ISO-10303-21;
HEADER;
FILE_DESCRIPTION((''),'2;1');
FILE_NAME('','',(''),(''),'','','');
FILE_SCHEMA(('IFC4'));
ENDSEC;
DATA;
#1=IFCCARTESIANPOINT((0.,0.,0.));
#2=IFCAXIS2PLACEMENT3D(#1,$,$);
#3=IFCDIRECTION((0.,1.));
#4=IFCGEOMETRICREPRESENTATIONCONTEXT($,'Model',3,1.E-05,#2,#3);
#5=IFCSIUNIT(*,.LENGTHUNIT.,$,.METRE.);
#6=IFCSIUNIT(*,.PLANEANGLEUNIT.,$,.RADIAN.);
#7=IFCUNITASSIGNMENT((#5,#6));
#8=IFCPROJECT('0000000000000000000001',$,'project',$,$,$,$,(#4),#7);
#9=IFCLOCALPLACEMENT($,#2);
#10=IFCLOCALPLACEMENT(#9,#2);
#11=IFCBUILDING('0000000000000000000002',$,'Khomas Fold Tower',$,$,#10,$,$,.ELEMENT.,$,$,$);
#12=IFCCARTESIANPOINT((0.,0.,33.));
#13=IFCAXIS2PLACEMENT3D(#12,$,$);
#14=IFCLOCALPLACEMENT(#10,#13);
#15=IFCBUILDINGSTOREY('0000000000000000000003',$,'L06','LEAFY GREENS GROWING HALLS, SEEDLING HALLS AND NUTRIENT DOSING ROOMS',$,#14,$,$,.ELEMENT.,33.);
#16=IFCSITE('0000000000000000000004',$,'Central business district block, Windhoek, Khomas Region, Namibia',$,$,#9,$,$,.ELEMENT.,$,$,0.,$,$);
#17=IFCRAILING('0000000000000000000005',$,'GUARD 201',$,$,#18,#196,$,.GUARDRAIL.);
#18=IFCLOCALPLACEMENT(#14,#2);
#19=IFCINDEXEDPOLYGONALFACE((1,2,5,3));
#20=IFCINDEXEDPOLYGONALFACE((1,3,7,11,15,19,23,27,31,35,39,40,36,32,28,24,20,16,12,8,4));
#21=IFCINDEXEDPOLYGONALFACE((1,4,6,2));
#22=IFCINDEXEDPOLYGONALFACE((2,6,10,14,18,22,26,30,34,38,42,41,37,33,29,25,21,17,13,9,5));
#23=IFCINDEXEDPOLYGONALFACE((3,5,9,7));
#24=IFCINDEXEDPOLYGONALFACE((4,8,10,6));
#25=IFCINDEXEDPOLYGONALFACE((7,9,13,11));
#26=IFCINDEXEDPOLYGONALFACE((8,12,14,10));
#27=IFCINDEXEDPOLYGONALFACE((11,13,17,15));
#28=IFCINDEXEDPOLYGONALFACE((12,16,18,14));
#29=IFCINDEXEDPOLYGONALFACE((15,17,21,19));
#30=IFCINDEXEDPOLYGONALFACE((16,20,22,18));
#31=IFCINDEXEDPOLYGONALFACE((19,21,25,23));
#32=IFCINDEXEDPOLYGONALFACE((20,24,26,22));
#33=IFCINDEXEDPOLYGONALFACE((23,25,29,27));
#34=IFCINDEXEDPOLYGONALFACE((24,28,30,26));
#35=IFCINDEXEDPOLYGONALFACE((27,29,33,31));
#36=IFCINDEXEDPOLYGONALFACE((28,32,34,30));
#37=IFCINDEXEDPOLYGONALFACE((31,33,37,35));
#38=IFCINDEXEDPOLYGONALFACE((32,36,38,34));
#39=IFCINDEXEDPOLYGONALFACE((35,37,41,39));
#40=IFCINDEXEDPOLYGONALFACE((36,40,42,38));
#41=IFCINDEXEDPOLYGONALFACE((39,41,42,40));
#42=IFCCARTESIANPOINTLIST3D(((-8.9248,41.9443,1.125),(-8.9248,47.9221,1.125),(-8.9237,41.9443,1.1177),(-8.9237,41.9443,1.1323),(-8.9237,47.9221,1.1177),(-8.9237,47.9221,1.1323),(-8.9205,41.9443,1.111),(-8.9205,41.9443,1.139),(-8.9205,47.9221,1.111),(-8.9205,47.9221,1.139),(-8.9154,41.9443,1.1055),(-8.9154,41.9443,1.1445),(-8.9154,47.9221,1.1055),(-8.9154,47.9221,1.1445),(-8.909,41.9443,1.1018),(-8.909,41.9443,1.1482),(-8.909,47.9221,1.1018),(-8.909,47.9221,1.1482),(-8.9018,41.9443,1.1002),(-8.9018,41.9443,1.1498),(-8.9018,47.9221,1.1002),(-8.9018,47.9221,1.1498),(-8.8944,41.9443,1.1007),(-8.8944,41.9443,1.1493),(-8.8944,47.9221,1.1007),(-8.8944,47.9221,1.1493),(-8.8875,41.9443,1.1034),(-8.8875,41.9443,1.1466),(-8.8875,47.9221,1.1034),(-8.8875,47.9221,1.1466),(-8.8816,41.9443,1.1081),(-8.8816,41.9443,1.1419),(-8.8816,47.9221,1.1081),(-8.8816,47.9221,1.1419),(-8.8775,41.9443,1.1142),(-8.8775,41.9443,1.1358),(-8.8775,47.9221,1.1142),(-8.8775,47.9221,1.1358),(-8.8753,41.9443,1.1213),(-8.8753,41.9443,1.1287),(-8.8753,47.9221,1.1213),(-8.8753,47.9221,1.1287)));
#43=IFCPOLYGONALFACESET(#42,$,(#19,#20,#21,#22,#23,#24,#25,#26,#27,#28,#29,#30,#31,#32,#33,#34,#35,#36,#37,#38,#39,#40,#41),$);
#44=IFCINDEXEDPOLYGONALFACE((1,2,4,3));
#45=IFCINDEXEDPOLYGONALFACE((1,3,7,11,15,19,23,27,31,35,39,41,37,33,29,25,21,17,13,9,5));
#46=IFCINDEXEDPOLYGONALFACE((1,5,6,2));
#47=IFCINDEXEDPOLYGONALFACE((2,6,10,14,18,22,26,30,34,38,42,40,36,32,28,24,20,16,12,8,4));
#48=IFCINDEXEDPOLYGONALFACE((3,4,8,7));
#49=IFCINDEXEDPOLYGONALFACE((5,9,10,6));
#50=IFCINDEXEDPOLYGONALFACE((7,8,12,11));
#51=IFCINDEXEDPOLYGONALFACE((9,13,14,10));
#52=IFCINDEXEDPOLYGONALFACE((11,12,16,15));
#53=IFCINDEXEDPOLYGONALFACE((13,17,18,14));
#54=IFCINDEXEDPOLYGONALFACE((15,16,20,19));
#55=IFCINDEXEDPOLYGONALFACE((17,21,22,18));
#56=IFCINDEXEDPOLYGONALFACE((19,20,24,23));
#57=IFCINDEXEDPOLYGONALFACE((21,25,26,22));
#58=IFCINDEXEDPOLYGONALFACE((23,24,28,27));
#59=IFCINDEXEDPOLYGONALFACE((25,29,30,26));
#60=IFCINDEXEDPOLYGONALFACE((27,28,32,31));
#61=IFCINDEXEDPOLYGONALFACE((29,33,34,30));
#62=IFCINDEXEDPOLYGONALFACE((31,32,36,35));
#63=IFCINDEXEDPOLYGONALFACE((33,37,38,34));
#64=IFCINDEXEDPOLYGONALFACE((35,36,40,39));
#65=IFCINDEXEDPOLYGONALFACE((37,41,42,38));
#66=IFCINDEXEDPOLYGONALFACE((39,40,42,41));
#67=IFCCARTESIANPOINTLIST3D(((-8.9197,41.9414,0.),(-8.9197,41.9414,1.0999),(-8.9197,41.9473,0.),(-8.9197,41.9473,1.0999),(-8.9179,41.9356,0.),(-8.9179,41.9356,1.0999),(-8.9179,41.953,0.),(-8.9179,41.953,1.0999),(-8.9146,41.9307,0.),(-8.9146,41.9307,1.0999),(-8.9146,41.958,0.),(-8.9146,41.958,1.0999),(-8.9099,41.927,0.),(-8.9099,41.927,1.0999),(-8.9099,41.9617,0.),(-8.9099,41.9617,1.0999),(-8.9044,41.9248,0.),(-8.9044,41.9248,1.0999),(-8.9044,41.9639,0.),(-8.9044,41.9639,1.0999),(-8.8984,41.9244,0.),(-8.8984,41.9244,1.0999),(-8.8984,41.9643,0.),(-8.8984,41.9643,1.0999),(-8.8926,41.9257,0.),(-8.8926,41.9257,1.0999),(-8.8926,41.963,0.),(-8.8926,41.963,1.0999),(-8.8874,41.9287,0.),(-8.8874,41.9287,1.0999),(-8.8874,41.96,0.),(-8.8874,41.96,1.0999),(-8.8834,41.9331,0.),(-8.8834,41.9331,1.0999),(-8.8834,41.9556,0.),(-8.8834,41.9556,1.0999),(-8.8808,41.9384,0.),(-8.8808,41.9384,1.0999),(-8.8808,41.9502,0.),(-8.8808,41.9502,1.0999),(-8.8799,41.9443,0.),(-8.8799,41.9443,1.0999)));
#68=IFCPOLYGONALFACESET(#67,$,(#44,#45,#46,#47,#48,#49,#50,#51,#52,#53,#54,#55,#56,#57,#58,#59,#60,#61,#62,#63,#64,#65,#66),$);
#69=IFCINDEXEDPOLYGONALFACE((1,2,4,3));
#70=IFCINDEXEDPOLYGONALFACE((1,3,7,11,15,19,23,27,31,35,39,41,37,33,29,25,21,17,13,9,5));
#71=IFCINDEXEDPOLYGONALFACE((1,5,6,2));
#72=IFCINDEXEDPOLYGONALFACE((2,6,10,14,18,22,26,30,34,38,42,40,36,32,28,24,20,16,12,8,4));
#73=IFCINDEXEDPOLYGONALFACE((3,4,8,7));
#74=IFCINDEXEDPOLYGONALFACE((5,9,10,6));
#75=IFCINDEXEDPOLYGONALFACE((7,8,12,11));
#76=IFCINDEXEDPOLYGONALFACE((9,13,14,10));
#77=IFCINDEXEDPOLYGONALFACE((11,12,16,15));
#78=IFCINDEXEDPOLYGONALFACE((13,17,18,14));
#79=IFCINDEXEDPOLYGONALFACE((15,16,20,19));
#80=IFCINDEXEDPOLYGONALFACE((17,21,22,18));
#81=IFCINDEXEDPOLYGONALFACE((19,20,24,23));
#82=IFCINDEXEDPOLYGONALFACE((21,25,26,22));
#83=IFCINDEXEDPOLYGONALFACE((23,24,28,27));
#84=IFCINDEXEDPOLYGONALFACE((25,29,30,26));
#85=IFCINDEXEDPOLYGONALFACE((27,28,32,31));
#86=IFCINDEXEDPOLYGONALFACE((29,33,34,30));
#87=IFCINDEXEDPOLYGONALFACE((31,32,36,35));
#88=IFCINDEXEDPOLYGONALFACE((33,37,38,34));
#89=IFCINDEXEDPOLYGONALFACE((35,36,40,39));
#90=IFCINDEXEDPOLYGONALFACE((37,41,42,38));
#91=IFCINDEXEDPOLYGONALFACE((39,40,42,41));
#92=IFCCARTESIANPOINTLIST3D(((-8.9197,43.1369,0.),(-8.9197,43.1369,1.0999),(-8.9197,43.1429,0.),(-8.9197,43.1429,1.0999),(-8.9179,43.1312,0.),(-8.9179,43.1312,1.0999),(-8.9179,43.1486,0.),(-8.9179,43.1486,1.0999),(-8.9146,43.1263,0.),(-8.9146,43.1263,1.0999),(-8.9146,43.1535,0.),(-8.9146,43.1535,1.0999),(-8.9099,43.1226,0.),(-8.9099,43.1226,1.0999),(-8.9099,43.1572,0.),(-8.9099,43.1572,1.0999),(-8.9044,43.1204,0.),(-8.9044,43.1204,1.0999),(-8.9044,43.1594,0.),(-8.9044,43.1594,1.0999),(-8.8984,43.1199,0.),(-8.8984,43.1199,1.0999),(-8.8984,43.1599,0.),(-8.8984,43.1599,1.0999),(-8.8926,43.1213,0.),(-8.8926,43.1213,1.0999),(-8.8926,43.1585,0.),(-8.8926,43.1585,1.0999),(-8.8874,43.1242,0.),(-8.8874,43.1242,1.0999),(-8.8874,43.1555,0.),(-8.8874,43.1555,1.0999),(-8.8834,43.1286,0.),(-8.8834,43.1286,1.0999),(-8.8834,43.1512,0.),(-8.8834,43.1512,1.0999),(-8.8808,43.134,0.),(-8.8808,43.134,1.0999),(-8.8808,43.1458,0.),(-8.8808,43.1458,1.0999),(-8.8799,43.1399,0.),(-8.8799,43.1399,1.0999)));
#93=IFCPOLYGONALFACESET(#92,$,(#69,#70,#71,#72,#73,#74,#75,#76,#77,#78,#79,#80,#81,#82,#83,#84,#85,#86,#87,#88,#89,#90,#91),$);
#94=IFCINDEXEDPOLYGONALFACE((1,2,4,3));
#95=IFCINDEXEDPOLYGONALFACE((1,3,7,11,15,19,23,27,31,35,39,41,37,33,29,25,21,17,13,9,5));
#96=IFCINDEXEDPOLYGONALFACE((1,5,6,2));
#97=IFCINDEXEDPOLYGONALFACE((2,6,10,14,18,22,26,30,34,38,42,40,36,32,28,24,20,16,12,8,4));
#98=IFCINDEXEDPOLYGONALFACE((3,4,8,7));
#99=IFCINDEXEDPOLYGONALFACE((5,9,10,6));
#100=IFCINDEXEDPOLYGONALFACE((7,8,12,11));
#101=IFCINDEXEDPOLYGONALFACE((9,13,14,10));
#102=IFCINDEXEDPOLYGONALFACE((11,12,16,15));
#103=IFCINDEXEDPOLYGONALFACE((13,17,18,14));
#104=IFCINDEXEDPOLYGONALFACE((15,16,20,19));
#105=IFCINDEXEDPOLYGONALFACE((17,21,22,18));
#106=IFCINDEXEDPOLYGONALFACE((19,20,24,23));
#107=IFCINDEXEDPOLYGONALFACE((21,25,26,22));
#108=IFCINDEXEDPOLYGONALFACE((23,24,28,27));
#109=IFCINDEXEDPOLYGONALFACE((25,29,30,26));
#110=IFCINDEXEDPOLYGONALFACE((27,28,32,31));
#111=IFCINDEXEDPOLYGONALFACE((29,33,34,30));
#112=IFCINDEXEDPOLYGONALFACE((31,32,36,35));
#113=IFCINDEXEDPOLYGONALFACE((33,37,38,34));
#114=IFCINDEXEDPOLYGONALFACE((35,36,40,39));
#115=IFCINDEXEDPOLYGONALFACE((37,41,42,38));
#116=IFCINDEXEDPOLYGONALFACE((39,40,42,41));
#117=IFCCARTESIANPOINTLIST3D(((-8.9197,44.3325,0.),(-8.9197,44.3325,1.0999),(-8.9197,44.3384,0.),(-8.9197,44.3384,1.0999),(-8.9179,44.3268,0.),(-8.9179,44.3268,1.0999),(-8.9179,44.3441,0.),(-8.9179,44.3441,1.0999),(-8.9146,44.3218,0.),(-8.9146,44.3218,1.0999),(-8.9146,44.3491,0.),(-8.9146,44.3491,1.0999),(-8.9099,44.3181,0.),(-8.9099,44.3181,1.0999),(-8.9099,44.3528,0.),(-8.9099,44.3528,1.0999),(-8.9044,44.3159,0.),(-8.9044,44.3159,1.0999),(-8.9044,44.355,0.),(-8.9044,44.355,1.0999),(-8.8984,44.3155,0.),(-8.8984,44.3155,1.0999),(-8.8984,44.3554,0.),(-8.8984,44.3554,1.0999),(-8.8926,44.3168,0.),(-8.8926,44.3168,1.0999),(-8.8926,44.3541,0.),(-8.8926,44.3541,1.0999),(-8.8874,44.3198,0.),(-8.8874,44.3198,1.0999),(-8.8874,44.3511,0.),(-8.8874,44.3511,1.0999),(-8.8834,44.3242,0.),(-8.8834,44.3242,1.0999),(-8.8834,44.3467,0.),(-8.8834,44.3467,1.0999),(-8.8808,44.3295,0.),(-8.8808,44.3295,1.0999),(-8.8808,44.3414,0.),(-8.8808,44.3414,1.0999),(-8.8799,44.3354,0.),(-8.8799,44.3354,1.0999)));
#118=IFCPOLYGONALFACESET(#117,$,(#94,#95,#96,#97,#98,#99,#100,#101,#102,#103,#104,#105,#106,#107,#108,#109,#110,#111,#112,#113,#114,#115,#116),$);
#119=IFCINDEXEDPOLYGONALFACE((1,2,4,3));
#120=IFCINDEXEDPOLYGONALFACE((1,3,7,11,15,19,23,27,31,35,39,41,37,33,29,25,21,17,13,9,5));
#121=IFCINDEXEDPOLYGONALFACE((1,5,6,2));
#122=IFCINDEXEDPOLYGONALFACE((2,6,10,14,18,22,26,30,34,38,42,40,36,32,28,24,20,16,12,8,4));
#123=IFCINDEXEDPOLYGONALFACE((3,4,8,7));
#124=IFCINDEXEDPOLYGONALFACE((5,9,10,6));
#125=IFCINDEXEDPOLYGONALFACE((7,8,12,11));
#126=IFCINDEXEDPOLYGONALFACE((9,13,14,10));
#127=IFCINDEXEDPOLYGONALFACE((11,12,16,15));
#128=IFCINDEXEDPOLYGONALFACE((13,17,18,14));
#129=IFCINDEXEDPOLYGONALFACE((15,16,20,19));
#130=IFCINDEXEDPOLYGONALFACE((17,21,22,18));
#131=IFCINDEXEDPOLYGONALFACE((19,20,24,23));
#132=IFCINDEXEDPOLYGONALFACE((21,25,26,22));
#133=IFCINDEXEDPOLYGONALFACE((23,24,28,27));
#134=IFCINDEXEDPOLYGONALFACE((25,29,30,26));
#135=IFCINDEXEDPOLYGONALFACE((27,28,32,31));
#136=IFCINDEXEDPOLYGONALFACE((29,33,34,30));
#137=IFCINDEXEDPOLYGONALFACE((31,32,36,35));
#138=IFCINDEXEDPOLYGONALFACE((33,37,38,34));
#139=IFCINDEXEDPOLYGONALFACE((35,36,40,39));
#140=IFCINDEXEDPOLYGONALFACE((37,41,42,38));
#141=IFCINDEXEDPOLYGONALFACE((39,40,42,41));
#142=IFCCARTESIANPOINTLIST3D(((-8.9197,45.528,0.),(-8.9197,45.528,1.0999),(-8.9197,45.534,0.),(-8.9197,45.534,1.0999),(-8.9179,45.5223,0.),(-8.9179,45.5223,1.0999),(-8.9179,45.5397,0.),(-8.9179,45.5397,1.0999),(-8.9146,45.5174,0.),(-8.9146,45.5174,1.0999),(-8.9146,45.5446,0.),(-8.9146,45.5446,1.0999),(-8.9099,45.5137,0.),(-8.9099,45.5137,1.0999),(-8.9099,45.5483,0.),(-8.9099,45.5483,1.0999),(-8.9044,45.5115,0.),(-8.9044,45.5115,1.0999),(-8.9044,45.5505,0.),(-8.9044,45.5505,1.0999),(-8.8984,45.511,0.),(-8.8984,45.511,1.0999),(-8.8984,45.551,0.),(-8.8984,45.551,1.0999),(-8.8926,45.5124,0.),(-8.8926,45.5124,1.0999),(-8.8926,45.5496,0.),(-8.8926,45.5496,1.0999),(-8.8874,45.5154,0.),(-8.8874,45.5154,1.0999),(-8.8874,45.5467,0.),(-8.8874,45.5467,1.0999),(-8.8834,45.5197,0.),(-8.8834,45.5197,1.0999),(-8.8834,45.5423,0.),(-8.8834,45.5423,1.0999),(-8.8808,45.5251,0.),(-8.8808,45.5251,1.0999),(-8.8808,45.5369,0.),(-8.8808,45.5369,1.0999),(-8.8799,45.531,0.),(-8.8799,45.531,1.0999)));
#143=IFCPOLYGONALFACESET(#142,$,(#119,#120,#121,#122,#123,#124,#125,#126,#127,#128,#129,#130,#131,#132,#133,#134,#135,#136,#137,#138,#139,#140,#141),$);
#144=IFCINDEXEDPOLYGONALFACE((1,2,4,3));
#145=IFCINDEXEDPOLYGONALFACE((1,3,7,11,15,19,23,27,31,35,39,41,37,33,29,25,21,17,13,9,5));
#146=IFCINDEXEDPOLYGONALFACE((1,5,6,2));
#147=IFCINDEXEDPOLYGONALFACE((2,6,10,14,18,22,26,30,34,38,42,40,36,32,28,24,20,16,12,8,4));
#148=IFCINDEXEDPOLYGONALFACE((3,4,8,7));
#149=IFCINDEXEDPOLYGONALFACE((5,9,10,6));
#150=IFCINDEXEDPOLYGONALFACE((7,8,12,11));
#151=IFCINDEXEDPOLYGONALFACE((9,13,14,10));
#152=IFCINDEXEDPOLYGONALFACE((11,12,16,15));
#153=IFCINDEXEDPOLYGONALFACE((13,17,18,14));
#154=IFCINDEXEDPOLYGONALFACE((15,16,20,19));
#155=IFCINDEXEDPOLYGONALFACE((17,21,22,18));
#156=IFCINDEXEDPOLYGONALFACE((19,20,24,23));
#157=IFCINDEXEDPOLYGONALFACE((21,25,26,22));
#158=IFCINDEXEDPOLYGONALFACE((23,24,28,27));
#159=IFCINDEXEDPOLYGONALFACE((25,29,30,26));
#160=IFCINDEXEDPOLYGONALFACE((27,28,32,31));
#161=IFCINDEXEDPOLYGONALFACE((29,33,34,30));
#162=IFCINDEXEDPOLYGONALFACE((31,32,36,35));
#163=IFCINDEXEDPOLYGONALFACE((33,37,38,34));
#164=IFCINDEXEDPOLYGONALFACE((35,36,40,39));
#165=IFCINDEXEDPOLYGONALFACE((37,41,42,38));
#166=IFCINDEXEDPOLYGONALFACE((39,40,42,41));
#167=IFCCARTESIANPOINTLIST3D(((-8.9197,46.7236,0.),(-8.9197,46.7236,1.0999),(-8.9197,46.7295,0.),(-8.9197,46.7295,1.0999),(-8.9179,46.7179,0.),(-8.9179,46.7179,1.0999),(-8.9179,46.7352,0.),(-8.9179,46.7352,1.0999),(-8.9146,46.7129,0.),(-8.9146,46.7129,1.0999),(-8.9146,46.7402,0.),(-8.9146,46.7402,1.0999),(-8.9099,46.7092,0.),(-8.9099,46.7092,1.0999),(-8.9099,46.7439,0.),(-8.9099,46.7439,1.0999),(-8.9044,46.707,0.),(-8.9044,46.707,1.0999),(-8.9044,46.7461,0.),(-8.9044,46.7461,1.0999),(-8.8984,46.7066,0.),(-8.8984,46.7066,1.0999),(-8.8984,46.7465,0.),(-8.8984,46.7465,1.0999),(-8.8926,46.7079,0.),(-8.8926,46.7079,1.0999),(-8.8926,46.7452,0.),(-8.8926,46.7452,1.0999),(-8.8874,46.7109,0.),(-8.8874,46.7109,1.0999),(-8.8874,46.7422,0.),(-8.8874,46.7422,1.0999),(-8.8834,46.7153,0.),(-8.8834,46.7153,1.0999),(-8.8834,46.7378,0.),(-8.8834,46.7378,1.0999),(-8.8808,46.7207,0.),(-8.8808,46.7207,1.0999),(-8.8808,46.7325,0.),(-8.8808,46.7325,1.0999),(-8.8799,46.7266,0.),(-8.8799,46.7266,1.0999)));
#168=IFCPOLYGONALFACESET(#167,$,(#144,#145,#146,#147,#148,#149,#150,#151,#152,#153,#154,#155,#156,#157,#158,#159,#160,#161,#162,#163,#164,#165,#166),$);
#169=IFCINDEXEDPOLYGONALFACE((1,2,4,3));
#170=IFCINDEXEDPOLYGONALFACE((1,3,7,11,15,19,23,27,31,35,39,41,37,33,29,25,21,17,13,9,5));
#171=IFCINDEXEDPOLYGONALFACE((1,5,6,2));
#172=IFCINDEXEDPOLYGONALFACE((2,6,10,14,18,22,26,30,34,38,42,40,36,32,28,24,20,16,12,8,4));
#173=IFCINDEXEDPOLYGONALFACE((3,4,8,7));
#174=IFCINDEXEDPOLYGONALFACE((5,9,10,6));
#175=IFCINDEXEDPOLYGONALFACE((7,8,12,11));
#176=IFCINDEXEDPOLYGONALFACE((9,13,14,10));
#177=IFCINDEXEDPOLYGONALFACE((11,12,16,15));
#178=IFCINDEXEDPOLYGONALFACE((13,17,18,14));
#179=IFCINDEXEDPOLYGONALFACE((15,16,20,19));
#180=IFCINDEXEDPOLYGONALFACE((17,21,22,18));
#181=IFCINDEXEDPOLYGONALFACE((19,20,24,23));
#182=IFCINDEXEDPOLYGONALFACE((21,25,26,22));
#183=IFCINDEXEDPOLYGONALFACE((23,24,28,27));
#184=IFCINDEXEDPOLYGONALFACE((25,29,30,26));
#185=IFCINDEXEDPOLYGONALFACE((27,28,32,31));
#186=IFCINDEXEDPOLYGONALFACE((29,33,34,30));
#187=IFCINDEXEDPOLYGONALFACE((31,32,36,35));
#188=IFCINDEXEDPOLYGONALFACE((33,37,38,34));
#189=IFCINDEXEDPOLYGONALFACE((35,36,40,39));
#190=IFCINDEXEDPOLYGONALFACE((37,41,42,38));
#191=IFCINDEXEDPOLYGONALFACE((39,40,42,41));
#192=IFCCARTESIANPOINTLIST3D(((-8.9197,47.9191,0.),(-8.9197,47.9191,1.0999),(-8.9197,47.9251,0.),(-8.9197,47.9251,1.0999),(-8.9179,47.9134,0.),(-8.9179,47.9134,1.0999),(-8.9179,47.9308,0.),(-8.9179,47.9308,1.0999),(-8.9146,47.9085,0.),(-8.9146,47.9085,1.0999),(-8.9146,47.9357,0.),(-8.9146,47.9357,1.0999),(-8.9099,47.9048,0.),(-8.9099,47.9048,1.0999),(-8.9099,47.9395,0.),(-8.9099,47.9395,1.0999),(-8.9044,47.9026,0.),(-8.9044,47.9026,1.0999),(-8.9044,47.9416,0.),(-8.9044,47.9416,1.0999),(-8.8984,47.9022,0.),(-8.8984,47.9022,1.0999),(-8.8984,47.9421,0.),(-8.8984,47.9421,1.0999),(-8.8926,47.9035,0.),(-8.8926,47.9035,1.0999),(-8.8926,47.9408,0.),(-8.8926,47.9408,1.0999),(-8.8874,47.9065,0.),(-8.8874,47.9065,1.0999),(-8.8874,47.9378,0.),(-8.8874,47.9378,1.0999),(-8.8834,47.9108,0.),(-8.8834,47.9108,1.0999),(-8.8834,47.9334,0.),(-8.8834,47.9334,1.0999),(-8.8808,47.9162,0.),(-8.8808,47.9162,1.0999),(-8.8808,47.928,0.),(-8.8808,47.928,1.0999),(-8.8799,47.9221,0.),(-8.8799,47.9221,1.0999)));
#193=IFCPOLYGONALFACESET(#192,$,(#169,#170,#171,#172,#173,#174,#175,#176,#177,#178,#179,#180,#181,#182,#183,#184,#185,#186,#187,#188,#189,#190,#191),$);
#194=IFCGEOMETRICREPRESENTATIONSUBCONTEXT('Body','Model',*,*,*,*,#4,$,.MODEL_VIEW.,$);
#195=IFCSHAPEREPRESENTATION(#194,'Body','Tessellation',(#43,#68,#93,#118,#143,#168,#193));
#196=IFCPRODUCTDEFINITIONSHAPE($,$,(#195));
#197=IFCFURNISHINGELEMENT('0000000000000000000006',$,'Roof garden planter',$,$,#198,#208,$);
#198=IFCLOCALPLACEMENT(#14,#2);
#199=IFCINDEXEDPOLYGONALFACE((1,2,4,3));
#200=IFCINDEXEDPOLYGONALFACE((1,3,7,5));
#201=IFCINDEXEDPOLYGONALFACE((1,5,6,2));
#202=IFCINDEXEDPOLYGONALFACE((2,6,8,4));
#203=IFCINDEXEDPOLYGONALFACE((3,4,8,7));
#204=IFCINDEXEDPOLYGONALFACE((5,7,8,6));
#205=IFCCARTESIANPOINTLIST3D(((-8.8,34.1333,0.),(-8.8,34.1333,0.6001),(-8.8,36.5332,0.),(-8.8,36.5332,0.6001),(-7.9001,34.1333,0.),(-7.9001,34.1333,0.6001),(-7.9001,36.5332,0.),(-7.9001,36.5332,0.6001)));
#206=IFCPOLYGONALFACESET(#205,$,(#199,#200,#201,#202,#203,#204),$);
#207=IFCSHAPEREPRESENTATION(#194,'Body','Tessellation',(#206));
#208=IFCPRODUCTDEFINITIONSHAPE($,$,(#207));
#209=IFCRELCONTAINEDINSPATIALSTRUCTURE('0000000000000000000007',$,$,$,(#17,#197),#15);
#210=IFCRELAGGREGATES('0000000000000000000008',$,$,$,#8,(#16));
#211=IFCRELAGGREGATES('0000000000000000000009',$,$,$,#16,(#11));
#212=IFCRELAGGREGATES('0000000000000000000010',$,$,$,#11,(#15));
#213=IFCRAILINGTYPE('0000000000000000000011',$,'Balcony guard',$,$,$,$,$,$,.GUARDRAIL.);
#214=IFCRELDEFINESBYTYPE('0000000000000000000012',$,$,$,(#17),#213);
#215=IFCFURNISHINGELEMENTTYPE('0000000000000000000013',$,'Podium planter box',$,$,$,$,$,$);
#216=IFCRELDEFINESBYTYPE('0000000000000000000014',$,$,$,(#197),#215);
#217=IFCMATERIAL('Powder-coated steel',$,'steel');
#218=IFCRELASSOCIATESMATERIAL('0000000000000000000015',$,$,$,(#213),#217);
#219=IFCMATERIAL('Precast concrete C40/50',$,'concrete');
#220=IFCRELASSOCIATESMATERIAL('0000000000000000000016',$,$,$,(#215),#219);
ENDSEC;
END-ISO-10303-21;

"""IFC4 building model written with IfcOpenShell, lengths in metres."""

from ifc_helpers import new_model, si_unit, direction, frame, origin, origin_2d, place, context, subcontext, project, spatial, rectangle, circle, extrude, source, transform, mapped, material, type_object, element, save


model = new_model("IFC4")

# Units and contexts
model_context = context("Model", 3, precision=1e-05, world=origin(), true_north=direction((0.0, 1.0)))
body_context = subcontext(model_context, "Body", "Model", "MODEL_VIEW")
ifc_project = project(units=[si_unit("LENGTHUNIT", "METRE"), si_unit("PLANEANGLEUNIT", "RADIAN")], contexts=[model_context])

# Site, building, storey
site_placement = place(None, origin())
site = spatial("IfcSite", under=ifc_project, at=site_placement, Name="Central business district block, Windhoek, Khomas Region, Namibia", CompositionType="ELEMENT", RefElevation=0.0)
building_placement = place(site_placement, origin())
building = spatial("IfcBuilding", under=site, at=building_placement, Name="Khomas Fold Tower", CompositionType="ELEMENT")
storey_placement = place(building_placement, frame((0.0, 0.0, 33.0)))
storey = spatial("IfcBuildingStorey", under=building, at=storey_placement, Name="L06", Description="LEAFY GREENS GROWING HALLS, SEEDLING HALLS AND NUTRIENT DOSING ROOMS", CompositionType="ELEMENT", Elevation=33.0)

# Railing
ifc_material_1 = material(Name="Powder-coated steel", Category="steel")
railing_type = type_object("IfcRailingType", Name="Balcony guard", PredefinedType="GUARDRAIL", material=ifc_material_1)
shared_shape_1 = source(origin(), body_context, "Body", "SweptSolid", [
    extrude(circle(Radius=0.0249, at=origin_2d()), frame((0.0, 0.0, 1.125), z_axis=(0.0, 1.0, 0.0), x_axis=(-1.0, 0.0, 0.0)), (0.0, 0.0, 1.0), 5.9778),
    extrude(circle(Radius=0.02, at=origin_2d()), origin(), (0.0, 0.0, 1.0), 1.0999),
    extrude(circle(Radius=0.02, at=origin_2d()), frame((0.0, 1.1956, 0.0)), (0.0, 0.0, 1.0), 1.0999),
    extrude(circle(Radius=0.02, at=origin_2d()), frame((0.0, 2.3911, 0.0)), (0.0, 0.0, 1.0), 1.0999),
    extrude(circle(Radius=0.02, at=origin_2d()), frame((0.0, 3.5867, 0.0)), (0.0, 0.0, 1.0), 1.0999),
    extrude(circle(Radius=0.02, at=origin_2d()), frame((0.0, 4.7822, 0.0)), (0.0, 0.0, 1.0), 1.0999),
    extrude(circle(Radius=0.02, at=origin_2d()), frame((0.0, 5.9778, 0.0)), (0.0, 0.0, 1.0), 1.0999),
])
for number, where, name in (
    (1, (-8.8999, 41.9443, 0.0), "GUARD 201"),
):
    element("IfcRailing", number, at=place(storey_placement, frame(where)), inside=storey, type_object=railing_type, Name=name, PredefinedType="GUARDRAIL", context=body_context, shape_type="MappedRepresentation", body=[
        mapped(shared_shape_1, transform((0.0, 0.0, 0.0))),
    ])

# Furnishing element
ifc_material_2 = material(Name="Precast concrete C40/50", Category="concrete")
furnishing_element_type_1 = type_object("IfcFurnishingElementType", Name="Podium planter box", material=ifc_material_2)
shared_shape_2 = source(origin(), body_context, "Body", "SweptSolid", [
    extrude(rectangle(XDim=2.3999, YDim=0.8999, at=origin_2d()), origin(), (0.0, 0.0, 1.0), 0.6001),
])
furnishing_1_placement = place(storey_placement, frame((-8.3501, 35.3333, 0.0), z_axis=(0.0, 0.0, 1.0), x_axis=(0.0, 1.0, 0.0)))
element("IfcFurnishingElement", 2, at=furnishing_1_placement, inside=storey, type_object=furnishing_element_type_1, Name="Roof garden planter", context=body_context, shape_type="MappedRepresentation", body=[
    mapped(shared_shape_2, transform((0.0, 0.0, 0.0))),
])

save(model, "model.ifc")
